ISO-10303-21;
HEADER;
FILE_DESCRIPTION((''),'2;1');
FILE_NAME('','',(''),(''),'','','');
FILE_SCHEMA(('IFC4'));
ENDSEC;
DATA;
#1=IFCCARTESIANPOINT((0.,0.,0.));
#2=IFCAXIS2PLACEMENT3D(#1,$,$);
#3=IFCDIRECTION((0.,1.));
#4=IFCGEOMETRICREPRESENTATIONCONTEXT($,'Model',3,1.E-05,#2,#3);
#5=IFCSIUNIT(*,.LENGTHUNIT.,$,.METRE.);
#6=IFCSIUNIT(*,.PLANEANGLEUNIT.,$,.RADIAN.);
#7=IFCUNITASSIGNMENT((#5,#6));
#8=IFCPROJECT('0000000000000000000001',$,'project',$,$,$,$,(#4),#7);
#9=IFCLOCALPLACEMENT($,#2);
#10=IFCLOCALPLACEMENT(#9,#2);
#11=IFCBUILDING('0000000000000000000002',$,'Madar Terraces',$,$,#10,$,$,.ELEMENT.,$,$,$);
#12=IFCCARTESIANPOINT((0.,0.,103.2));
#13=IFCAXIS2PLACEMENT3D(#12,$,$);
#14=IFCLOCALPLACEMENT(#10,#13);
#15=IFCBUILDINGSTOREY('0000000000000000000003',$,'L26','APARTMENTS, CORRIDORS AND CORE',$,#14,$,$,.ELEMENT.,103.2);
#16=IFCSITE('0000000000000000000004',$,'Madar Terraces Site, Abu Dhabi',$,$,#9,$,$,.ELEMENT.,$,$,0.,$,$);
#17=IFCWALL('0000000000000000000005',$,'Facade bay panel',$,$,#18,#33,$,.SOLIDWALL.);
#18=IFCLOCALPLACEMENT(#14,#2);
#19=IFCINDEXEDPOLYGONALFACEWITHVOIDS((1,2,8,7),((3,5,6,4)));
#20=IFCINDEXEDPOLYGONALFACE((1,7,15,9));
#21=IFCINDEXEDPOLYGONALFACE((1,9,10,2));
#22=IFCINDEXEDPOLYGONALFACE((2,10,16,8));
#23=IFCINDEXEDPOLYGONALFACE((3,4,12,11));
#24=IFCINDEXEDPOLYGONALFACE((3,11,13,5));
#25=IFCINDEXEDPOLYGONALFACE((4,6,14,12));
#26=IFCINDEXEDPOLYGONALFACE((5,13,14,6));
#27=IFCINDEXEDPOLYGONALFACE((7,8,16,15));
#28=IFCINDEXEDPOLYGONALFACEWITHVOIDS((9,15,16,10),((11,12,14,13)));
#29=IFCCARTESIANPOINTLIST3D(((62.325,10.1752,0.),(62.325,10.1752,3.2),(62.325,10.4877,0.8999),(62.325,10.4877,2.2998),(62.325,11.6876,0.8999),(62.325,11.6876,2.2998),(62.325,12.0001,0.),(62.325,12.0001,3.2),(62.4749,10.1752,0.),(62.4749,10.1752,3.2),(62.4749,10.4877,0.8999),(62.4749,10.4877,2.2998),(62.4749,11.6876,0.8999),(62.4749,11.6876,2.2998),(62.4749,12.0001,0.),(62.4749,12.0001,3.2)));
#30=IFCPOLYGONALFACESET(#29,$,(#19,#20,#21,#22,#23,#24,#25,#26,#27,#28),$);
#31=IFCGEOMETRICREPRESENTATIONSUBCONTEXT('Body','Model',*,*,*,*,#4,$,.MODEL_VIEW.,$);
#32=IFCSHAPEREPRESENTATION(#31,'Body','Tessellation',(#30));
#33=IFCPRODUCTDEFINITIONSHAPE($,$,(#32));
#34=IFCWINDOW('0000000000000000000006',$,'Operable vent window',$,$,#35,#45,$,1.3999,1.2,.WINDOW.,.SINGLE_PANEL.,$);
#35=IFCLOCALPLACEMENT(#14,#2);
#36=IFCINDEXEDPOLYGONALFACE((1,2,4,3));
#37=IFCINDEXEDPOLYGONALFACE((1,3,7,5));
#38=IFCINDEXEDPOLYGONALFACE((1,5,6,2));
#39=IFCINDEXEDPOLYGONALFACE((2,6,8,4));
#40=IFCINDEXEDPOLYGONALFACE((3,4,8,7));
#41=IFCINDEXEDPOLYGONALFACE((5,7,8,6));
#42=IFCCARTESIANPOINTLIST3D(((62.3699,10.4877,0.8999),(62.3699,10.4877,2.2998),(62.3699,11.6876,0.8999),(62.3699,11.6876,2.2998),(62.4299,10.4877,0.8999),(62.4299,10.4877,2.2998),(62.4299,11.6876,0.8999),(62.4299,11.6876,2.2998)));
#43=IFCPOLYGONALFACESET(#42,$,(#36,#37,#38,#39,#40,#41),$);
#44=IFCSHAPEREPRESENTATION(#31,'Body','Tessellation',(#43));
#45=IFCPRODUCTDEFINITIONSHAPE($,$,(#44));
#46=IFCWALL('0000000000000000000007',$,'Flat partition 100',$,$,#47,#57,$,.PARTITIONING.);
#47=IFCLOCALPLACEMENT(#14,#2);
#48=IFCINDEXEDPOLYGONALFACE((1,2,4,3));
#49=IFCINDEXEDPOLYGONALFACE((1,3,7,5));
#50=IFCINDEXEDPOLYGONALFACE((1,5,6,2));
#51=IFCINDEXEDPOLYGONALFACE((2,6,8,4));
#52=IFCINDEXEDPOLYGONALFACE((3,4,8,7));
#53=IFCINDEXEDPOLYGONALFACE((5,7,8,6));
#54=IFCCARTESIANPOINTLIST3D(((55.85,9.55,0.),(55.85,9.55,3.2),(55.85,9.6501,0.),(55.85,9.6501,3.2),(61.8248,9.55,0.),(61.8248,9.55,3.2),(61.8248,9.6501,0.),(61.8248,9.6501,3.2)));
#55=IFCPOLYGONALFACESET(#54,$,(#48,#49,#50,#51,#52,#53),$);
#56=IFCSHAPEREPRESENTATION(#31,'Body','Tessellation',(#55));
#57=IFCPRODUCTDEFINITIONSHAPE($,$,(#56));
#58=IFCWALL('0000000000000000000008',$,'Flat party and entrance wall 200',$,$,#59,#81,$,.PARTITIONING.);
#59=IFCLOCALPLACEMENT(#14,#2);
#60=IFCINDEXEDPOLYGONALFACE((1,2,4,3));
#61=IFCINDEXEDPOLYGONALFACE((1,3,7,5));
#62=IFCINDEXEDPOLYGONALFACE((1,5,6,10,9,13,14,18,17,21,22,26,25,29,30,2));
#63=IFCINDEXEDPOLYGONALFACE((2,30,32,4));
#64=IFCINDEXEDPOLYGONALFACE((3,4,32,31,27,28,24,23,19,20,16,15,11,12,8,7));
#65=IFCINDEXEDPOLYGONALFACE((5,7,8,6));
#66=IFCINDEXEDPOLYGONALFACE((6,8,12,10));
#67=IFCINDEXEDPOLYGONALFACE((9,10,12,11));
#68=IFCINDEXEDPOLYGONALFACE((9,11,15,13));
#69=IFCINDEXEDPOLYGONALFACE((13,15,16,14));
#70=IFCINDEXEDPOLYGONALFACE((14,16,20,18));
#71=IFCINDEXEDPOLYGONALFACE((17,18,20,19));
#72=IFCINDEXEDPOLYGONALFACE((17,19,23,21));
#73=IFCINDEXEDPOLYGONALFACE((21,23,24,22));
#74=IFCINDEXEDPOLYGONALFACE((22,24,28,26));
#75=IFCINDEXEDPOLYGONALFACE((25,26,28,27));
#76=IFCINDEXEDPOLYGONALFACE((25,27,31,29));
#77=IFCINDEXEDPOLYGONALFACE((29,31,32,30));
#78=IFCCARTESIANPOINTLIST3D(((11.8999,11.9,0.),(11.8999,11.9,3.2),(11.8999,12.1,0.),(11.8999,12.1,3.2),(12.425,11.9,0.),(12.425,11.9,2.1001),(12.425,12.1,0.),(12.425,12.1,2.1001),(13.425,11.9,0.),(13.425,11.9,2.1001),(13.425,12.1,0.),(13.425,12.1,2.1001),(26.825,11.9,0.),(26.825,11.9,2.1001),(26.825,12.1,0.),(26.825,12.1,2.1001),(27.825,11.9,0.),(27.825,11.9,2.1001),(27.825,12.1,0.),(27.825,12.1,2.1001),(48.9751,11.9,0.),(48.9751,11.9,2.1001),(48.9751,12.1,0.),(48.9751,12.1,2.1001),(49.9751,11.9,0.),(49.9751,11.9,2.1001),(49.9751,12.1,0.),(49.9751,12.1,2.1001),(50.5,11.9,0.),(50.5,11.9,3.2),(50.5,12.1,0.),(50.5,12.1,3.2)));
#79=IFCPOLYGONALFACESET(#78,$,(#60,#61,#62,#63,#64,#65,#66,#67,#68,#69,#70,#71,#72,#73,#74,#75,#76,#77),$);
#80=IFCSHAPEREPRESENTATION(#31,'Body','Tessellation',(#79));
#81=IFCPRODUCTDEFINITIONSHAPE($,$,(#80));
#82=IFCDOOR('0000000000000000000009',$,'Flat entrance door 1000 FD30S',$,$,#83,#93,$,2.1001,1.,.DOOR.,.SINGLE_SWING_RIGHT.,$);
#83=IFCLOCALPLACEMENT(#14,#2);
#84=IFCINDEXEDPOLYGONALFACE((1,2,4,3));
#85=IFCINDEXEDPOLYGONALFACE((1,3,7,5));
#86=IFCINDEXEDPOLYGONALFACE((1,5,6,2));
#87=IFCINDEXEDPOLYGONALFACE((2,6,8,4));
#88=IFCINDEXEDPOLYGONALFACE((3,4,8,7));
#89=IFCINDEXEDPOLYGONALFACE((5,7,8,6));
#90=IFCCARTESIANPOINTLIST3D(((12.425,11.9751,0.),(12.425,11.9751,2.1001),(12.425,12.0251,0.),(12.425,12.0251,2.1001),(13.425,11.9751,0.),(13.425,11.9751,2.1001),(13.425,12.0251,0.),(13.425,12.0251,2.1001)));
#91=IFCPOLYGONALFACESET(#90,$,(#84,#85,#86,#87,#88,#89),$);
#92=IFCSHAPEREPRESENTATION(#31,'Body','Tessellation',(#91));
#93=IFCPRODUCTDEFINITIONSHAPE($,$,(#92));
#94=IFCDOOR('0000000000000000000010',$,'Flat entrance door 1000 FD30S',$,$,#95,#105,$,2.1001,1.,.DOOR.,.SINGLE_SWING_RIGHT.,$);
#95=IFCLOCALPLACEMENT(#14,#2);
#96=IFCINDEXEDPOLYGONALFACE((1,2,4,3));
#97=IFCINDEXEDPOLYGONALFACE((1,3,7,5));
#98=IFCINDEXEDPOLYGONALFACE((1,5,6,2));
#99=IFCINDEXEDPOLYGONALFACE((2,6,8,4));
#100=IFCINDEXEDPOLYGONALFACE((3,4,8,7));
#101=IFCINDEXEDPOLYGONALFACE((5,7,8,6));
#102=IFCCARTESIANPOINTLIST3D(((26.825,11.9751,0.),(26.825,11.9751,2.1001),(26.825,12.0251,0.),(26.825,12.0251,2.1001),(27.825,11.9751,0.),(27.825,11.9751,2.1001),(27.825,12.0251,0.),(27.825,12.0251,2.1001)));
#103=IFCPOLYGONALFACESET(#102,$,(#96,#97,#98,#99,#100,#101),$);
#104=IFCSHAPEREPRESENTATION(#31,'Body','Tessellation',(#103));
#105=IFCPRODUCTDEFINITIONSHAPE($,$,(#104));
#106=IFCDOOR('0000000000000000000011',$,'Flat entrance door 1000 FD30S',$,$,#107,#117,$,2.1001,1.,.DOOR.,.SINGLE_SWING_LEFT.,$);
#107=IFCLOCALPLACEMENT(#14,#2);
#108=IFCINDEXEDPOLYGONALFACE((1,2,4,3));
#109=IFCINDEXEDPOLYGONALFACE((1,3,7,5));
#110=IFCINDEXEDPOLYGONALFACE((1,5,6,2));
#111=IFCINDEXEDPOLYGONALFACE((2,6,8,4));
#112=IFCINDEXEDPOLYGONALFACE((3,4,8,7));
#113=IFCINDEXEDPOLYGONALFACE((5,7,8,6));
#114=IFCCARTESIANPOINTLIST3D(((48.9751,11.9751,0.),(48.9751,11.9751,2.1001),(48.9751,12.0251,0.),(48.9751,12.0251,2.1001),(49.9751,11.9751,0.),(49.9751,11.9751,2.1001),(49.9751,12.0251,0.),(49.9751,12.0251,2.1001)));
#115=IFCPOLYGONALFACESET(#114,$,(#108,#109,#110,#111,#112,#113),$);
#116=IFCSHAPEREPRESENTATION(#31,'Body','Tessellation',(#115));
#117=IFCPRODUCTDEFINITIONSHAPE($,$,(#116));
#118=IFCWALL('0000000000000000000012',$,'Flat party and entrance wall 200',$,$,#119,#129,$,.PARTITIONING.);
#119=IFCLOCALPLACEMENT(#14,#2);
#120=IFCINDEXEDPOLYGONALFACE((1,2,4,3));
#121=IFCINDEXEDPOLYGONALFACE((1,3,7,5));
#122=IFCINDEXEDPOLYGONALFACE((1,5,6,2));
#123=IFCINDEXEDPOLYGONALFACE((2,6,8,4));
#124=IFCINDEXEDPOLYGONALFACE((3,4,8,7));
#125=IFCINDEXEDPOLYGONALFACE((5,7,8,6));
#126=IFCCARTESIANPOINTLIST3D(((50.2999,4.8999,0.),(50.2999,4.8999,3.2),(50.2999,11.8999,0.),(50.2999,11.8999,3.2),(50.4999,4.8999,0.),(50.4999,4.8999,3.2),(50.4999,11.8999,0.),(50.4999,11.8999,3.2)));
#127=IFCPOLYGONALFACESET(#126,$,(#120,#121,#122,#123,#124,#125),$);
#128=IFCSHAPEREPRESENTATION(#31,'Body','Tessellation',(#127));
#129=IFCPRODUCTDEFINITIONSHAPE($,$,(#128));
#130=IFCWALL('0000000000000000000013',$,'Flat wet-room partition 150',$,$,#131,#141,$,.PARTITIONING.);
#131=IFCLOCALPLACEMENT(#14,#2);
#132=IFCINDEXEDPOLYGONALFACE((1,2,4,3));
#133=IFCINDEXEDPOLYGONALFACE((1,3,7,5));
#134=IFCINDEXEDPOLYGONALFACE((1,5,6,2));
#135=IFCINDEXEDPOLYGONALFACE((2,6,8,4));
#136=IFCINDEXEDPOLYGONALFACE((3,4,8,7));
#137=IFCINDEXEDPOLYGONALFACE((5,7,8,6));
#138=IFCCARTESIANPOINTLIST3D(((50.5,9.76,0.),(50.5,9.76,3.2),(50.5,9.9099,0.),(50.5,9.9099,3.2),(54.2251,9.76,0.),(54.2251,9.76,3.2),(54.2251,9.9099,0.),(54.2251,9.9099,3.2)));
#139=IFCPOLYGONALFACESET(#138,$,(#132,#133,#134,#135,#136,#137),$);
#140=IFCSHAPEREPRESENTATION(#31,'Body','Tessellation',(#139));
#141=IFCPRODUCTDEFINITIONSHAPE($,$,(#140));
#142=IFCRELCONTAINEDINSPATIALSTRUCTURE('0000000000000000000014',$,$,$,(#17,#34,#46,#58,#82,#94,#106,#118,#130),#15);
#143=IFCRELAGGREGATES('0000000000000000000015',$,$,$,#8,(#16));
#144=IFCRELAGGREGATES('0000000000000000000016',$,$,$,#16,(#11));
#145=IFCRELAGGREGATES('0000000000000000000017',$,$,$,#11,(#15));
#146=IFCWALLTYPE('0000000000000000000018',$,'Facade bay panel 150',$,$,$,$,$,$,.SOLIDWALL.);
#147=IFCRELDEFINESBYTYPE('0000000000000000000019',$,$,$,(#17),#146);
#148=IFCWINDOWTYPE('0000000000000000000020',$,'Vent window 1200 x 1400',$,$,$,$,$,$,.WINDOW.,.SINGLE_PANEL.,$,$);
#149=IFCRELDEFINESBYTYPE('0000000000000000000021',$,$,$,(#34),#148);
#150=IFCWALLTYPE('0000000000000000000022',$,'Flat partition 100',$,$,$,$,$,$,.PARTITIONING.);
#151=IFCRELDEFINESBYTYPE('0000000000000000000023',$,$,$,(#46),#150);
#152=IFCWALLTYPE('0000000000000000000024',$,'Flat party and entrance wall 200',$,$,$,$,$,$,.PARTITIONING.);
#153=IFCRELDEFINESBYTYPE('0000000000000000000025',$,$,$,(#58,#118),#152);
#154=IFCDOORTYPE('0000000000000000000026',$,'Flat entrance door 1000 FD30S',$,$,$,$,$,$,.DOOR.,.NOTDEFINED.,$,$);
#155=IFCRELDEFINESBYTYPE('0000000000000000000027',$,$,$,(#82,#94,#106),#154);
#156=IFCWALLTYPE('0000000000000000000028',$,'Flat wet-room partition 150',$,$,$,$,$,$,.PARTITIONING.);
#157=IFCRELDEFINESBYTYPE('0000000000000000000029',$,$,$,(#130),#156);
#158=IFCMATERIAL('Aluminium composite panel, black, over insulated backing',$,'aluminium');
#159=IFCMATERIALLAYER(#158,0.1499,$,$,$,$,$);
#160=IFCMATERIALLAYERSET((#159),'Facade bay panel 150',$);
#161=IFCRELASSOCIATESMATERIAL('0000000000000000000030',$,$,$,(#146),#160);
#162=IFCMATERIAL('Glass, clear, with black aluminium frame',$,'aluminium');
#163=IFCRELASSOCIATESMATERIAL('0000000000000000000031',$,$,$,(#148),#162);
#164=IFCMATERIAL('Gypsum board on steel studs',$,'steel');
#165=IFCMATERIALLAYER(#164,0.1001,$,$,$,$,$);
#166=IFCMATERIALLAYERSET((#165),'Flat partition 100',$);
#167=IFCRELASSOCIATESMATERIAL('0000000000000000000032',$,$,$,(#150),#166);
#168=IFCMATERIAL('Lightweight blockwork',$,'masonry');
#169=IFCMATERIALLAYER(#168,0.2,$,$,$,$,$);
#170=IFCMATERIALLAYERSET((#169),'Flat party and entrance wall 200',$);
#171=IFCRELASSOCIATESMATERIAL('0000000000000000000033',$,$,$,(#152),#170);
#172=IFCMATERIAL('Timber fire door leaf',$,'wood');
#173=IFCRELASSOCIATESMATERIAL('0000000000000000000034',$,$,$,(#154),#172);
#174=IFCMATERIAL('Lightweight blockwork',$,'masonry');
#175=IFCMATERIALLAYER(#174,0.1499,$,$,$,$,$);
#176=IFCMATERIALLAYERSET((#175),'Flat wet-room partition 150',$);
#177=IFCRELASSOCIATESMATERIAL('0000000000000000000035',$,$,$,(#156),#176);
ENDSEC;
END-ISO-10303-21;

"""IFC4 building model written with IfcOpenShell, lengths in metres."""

from ifc_helpers import new_model, si_unit, direction, frame, frame_2d, origin, place, context, subcontext, project, spatial, rectangle, extrude, material, layer, layer_set, type_object, element, fill, save


model = new_model("IFC4")

# Units and contexts
model_context = context("Model", 3, precision=1e-05, world=origin(), true_north=direction((0.0, 1.0)))
body_context = subcontext(model_context, "Body", "Model", "MODEL_VIEW")
ifc_project = project(units=[si_unit("LENGTHUNIT", "METRE"), si_unit("PLANEANGLEUNIT", "RADIAN")], contexts=[model_context])

# Site, building, storey
site_placement = place(None, origin())
site = spatial("IfcSite", under=ifc_project, at=site_placement, Name="Madar Terraces Site, Abu Dhabi", CompositionType="ELEMENT", RefElevation=0.0)
building_placement = place(site_placement, origin())
building = spatial("IfcBuilding", under=site, at=building_placement, Name="Madar Terraces", CompositionType="ELEMENT")
storey_placement = place(building_placement, frame((0.0, 0.0, 103.2)))
storey = spatial("IfcBuildingStorey", under=building, at=storey_placement, Name="L26", Description="APARTMENTS, CORRIDORS AND CORE", CompositionType="ELEMENT", Elevation=103.2)

# Wall, opening, window
ifc_material_1 = material(Name="Aluminium composite panel, black, over insulated backing", Category="aluminium")
ifc_layer_1 = layer(ifc_material_1, 0.1499)
ifc_layer_set_1 = layer_set([ifc_layer_1], Name="Facade bay panel 150")
wall_type_1 = type_object("IfcWallType", Name="Facade bay panel 150", PredefinedType="SOLIDWALL", material=ifc_layer_set_1)
wall_1_placement = place(storey_placement, frame((62.3999, 10.175, 0.0), z_axis=(0.0, 0.0, 1.0), x_axis=(0.0, 1.0, 0.0)))
wall_1 = element("IfcWall", 1, at=wall_1_placement, inside=storey, type_object=wall_type_1, Name="Facade bay panel", PredefinedType="SOLIDWALL", context=body_context, shape_type="SweptSolid", body=[
    extrude(rectangle(XDim=1.825, YDim=0.1499, at=frame_2d((0.9126, 0.0))), origin(), (0.0, 0.0, 1.0), 3.2),
])
opening_1_placement = place(wall_1_placement, frame((0.3125, 0.0, 0.8999)))
opening_1 = element("IfcOpeningElement", 2, at=opening_1_placement, cuts=wall_1, PredefinedType="OPENING", context=body_context, shape_type="SweptSolid", body=[
    extrude(rectangle(XDim=1.2, YDim=1.3999, at=frame_2d((0.6001, 0.7))), frame((0.0, 0.085, 0.0), z_axis=(0.0, -1.0, 0.0), x_axis=(1.0, 0.0, 0.0)), (0.0, 0.0, 1.0), 0.1699),
])
ifc_material_2 = material(Name="Glass, clear, with black aluminium frame", Category="aluminium")
window_type = type_object("IfcWindowType", Name="Vent window 1200 x 1400", PartitioningType="SINGLE_PANEL", PredefinedType="WINDOW", material=ifc_material_2)
window_placement = place(opening_1_placement, origin())
window = element("IfcWindow", 3, at=window_placement, inside=storey, type_object=window_type, Name="Operable vent window", OverallHeight=1.3999, OverallWidth=1.2, PartitioningType="SINGLE_PANEL", PredefinedType="WINDOW", context=body_context, shape_type="SweptSolid", body=[
    extrude(rectangle(XDim=1.2, YDim=1.3999, at=frame_2d((0.6001, 0.7))), frame((0.0, 0.03, 0.0), z_axis=(0.0, -1.0, 0.0), x_axis=(1.0, 0.0, 0.0)), (0.0, 0.0, 1.0), 0.0601),
])
fill(opening_1, window)

# Wall
ifc_material_3 = material(Name="Gypsum board on steel studs", Category="steel")
ifc_layer_2 = layer(ifc_material_3, 0.1001)
ifc_layer_set_2 = layer_set([ifc_layer_2], Name="Flat partition 100")
wall_type_2 = type_object("IfcWallType", Name="Flat partition 100", PredefinedType="PARTITIONING", material=ifc_layer_set_2)
wall_2_placement = place(storey_placement, frame((55.8501, 9.6001, 0.0), z_axis=(0.0, 0.0, 1.0), x_axis=(1.0, 0.0, 0.0)))
element("IfcWall", 4, at=wall_2_placement, inside=storey, type_object=wall_type_2, Name="Flat partition 100", PredefinedType="PARTITIONING", context=body_context, shape_type="SweptSolid", body=[
    extrude(rectangle(XDim=5.9749, YDim=0.1001, at=frame_2d((2.9873, 0.0))), origin(), (0.0, 0.0, 1.0), 3.2),
])

# Wall, openings, doors
ifc_material_4 = material(Name="Lightweight blockwork", Category="masonry")
ifc_layer_3 = layer(ifc_material_4, 0.2)
ifc_layer_set_3 = layer_set([ifc_layer_3], Name="Flat party and entrance wall 200")
wall_type_3 = type_object("IfcWallType", Name="Flat party and entrance wall 200", PredefinedType="PARTITIONING", material=ifc_layer_set_3)
wall_3_placement = place(storey_placement, frame((50.5, 12.0, 0.0), z_axis=(0.0, 0.0, 1.0), x_axis=(-1.0, 0.0, 0.0)))
wall_3 = element("IfcWall", 5, at=wall_3_placement, inside=storey, type_object=wall_type_3, Name="Flat party and entrance wall 200", PredefinedType="PARTITIONING", context=body_context, shape_type="SweptSolid", body=[
    extrude(rectangle(XDim=38.6001, YDim=0.2, at=frame_2d((19.3, 0.0))), origin(), (0.0, 0.0, 1.0), 3.2),
])
opening_2_placement = place(wall_3_placement, frame((37.075, 0.0, 0.0)))
opening_2 = element("IfcOpeningElement", 6, at=opening_2_placement, cuts=wall_3, PredefinedType="OPENING", context=body_context, shape_type="SweptSolid", body=[
    extrude(rectangle(XDim=1.0, YDim=2.1001, at=frame_2d((0.5, 1.05))), frame((0.0, 0.1099, 0.0), z_axis=(0.0, -1.0, 0.0), x_axis=(1.0, 0.0, 0.0)), (0.0, 0.0, 1.0), 0.22),
])
opening_3_placement = place(wall_3_placement, frame((22.675, 0.0, 0.0)))
opening_3 = element("IfcOpeningElement", 7, at=opening_3_placement, cuts=wall_3, PredefinedType="OPENING", context=body_context, shape_type="SweptSolid", body=[
    extrude(rectangle(XDim=1.0, YDim=2.1001, at=frame_2d((0.5, 1.05))), frame((0.0, 0.1099, 0.0), z_axis=(0.0, -1.0, 0.0), x_axis=(1.0, 0.0, 0.0)), (0.0, 0.0, 1.0), 0.22),
])
opening_4_placement = place(wall_3_placement, frame((0.5249, 0.0, 0.0)))
opening_4 = element("IfcOpeningElement", 8, at=opening_4_placement, cuts=wall_3, PredefinedType="OPENING", context=body_context, shape_type="SweptSolid", body=[
    extrude(rectangle(XDim=1.0, YDim=2.1001, at=frame_2d((0.5, 1.05))), frame((0.0, 0.1099, 0.0), z_axis=(0.0, -1.0, 0.0), x_axis=(1.0, 0.0, 0.0)), (0.0, 0.0, 1.0), 0.22),
])
ifc_material_5 = material(Name="Timber fire door leaf", Category="wood")
door_type_1 = type_object("IfcDoorType", Name="Flat entrance door 1000 FD30S", OperationType="NOTDEFINED", PredefinedType="DOOR", material=ifc_material_5)
door_1_placement = place(opening_2_placement, origin())
door_1 = element("IfcDoor", 9, at=door_1_placement, inside=storey, type_object=door_type_1, Name="Flat entrance door 1000 FD30S", OperationType="SINGLE_SWING_RIGHT", OverallHeight=2.1001, OverallWidth=1.0, PredefinedType="DOOR", context=body_context, shape_type="SweptSolid", body=[
    extrude(rectangle(XDim=1.0, YDim=2.1001, at=frame_2d((0.5, 1.05))), frame((0.0, 0.0249, 0.0), z_axis=(0.0, -1.0, 0.0), x_axis=(1.0, 0.0, 0.0)), (0.0, 0.0, 1.0), 0.05),
])
fill(opening_2, door_1)
door_2_placement = place(opening_3_placement, origin())
door_2 = element("IfcDoor", 10, at=door_2_placement, inside=storey, type_object=door_type_1, Name="Flat entrance door 1000 FD30S", OperationType="SINGLE_SWING_RIGHT", OverallHeight=2.1001, OverallWidth=1.0, PredefinedType="DOOR", context=body_context, shape_type="SweptSolid", body=[
    extrude(rectangle(XDim=1.0, YDim=2.1001, at=frame_2d((0.5, 1.05))), frame((0.0, 0.0249, 0.0), z_axis=(0.0, -1.0, 0.0), x_axis=(1.0, 0.0, 0.0)), (0.0, 0.0, 1.0), 0.05),
])
fill(opening_3, door_2)
door_3_placement = place(opening_4_placement, origin())
door_3 = element("IfcDoor", 11, at=door_3_placement, inside=storey, type_object=door_type_1, Name="Flat entrance door 1000 FD30S", OperationType="SINGLE_SWING_LEFT", OverallHeight=2.1001, OverallWidth=1.0, PredefinedType="DOOR", context=body_context, shape_type="SweptSolid", body=[
    extrude(rectangle(XDim=1.0, YDim=2.1001, at=frame_2d((0.5, 1.05))), frame((0.0, 0.0249, 0.0), z_axis=(0.0, -1.0, 0.0), x_axis=(1.0, 0.0, 0.0)), (0.0, 0.0, 1.0), 0.05),
])
fill(opening_4, door_3)

# Walls
wall_4_placement = place(storey_placement, frame((50.3999, 11.8999, 0.0), z_axis=(0.0, 0.0, 1.0), x_axis=(0.0, -1.0, 0.0)))
element("IfcWall", 12, at=wall_4_placement, inside=storey, type_object=wall_type_3, Name="Flat party and entrance wall 200", PredefinedType="PARTITIONING", context=body_context, shape_type="SweptSolid", body=[
    extrude(rectangle(XDim=7.0, YDim=0.2, at=frame_2d((3.5, 0.0))), origin(), (0.0, 0.0, 1.0), 3.2),
])
ifc_material_6 = material(Name="Lightweight blockwork", Category="masonry")
ifc_layer_4 = layer(ifc_material_6, 0.1499)
ifc_layer_set_4 = layer_set([ifc_layer_4], Name="Flat wet-room partition 150")
wall_type_4 = type_object("IfcWallType", Name="Flat wet-room partition 150", PredefinedType="PARTITIONING", material=ifc_layer_set_4)
wall_5_placement = place(storey_placement, frame((50.5, 9.835, 0.0), z_axis=(0.0, 0.0, 1.0), x_axis=(1.0, 0.0, 0.0)))
element("IfcWall", 13, at=wall_5_placement, inside=storey, type_object=wall_type_4, Name="Flat wet-room partition 150", PredefinedType="PARTITIONING", context=body_context, shape_type="SweptSolid", body=[
    extrude(rectangle(XDim=3.7251, YDim=0.1499, at=frame_2d((1.8625, 0.0))), origin(), (0.0, 0.0, 1.0), 3.2),
])

save(model, "model.ifc")
